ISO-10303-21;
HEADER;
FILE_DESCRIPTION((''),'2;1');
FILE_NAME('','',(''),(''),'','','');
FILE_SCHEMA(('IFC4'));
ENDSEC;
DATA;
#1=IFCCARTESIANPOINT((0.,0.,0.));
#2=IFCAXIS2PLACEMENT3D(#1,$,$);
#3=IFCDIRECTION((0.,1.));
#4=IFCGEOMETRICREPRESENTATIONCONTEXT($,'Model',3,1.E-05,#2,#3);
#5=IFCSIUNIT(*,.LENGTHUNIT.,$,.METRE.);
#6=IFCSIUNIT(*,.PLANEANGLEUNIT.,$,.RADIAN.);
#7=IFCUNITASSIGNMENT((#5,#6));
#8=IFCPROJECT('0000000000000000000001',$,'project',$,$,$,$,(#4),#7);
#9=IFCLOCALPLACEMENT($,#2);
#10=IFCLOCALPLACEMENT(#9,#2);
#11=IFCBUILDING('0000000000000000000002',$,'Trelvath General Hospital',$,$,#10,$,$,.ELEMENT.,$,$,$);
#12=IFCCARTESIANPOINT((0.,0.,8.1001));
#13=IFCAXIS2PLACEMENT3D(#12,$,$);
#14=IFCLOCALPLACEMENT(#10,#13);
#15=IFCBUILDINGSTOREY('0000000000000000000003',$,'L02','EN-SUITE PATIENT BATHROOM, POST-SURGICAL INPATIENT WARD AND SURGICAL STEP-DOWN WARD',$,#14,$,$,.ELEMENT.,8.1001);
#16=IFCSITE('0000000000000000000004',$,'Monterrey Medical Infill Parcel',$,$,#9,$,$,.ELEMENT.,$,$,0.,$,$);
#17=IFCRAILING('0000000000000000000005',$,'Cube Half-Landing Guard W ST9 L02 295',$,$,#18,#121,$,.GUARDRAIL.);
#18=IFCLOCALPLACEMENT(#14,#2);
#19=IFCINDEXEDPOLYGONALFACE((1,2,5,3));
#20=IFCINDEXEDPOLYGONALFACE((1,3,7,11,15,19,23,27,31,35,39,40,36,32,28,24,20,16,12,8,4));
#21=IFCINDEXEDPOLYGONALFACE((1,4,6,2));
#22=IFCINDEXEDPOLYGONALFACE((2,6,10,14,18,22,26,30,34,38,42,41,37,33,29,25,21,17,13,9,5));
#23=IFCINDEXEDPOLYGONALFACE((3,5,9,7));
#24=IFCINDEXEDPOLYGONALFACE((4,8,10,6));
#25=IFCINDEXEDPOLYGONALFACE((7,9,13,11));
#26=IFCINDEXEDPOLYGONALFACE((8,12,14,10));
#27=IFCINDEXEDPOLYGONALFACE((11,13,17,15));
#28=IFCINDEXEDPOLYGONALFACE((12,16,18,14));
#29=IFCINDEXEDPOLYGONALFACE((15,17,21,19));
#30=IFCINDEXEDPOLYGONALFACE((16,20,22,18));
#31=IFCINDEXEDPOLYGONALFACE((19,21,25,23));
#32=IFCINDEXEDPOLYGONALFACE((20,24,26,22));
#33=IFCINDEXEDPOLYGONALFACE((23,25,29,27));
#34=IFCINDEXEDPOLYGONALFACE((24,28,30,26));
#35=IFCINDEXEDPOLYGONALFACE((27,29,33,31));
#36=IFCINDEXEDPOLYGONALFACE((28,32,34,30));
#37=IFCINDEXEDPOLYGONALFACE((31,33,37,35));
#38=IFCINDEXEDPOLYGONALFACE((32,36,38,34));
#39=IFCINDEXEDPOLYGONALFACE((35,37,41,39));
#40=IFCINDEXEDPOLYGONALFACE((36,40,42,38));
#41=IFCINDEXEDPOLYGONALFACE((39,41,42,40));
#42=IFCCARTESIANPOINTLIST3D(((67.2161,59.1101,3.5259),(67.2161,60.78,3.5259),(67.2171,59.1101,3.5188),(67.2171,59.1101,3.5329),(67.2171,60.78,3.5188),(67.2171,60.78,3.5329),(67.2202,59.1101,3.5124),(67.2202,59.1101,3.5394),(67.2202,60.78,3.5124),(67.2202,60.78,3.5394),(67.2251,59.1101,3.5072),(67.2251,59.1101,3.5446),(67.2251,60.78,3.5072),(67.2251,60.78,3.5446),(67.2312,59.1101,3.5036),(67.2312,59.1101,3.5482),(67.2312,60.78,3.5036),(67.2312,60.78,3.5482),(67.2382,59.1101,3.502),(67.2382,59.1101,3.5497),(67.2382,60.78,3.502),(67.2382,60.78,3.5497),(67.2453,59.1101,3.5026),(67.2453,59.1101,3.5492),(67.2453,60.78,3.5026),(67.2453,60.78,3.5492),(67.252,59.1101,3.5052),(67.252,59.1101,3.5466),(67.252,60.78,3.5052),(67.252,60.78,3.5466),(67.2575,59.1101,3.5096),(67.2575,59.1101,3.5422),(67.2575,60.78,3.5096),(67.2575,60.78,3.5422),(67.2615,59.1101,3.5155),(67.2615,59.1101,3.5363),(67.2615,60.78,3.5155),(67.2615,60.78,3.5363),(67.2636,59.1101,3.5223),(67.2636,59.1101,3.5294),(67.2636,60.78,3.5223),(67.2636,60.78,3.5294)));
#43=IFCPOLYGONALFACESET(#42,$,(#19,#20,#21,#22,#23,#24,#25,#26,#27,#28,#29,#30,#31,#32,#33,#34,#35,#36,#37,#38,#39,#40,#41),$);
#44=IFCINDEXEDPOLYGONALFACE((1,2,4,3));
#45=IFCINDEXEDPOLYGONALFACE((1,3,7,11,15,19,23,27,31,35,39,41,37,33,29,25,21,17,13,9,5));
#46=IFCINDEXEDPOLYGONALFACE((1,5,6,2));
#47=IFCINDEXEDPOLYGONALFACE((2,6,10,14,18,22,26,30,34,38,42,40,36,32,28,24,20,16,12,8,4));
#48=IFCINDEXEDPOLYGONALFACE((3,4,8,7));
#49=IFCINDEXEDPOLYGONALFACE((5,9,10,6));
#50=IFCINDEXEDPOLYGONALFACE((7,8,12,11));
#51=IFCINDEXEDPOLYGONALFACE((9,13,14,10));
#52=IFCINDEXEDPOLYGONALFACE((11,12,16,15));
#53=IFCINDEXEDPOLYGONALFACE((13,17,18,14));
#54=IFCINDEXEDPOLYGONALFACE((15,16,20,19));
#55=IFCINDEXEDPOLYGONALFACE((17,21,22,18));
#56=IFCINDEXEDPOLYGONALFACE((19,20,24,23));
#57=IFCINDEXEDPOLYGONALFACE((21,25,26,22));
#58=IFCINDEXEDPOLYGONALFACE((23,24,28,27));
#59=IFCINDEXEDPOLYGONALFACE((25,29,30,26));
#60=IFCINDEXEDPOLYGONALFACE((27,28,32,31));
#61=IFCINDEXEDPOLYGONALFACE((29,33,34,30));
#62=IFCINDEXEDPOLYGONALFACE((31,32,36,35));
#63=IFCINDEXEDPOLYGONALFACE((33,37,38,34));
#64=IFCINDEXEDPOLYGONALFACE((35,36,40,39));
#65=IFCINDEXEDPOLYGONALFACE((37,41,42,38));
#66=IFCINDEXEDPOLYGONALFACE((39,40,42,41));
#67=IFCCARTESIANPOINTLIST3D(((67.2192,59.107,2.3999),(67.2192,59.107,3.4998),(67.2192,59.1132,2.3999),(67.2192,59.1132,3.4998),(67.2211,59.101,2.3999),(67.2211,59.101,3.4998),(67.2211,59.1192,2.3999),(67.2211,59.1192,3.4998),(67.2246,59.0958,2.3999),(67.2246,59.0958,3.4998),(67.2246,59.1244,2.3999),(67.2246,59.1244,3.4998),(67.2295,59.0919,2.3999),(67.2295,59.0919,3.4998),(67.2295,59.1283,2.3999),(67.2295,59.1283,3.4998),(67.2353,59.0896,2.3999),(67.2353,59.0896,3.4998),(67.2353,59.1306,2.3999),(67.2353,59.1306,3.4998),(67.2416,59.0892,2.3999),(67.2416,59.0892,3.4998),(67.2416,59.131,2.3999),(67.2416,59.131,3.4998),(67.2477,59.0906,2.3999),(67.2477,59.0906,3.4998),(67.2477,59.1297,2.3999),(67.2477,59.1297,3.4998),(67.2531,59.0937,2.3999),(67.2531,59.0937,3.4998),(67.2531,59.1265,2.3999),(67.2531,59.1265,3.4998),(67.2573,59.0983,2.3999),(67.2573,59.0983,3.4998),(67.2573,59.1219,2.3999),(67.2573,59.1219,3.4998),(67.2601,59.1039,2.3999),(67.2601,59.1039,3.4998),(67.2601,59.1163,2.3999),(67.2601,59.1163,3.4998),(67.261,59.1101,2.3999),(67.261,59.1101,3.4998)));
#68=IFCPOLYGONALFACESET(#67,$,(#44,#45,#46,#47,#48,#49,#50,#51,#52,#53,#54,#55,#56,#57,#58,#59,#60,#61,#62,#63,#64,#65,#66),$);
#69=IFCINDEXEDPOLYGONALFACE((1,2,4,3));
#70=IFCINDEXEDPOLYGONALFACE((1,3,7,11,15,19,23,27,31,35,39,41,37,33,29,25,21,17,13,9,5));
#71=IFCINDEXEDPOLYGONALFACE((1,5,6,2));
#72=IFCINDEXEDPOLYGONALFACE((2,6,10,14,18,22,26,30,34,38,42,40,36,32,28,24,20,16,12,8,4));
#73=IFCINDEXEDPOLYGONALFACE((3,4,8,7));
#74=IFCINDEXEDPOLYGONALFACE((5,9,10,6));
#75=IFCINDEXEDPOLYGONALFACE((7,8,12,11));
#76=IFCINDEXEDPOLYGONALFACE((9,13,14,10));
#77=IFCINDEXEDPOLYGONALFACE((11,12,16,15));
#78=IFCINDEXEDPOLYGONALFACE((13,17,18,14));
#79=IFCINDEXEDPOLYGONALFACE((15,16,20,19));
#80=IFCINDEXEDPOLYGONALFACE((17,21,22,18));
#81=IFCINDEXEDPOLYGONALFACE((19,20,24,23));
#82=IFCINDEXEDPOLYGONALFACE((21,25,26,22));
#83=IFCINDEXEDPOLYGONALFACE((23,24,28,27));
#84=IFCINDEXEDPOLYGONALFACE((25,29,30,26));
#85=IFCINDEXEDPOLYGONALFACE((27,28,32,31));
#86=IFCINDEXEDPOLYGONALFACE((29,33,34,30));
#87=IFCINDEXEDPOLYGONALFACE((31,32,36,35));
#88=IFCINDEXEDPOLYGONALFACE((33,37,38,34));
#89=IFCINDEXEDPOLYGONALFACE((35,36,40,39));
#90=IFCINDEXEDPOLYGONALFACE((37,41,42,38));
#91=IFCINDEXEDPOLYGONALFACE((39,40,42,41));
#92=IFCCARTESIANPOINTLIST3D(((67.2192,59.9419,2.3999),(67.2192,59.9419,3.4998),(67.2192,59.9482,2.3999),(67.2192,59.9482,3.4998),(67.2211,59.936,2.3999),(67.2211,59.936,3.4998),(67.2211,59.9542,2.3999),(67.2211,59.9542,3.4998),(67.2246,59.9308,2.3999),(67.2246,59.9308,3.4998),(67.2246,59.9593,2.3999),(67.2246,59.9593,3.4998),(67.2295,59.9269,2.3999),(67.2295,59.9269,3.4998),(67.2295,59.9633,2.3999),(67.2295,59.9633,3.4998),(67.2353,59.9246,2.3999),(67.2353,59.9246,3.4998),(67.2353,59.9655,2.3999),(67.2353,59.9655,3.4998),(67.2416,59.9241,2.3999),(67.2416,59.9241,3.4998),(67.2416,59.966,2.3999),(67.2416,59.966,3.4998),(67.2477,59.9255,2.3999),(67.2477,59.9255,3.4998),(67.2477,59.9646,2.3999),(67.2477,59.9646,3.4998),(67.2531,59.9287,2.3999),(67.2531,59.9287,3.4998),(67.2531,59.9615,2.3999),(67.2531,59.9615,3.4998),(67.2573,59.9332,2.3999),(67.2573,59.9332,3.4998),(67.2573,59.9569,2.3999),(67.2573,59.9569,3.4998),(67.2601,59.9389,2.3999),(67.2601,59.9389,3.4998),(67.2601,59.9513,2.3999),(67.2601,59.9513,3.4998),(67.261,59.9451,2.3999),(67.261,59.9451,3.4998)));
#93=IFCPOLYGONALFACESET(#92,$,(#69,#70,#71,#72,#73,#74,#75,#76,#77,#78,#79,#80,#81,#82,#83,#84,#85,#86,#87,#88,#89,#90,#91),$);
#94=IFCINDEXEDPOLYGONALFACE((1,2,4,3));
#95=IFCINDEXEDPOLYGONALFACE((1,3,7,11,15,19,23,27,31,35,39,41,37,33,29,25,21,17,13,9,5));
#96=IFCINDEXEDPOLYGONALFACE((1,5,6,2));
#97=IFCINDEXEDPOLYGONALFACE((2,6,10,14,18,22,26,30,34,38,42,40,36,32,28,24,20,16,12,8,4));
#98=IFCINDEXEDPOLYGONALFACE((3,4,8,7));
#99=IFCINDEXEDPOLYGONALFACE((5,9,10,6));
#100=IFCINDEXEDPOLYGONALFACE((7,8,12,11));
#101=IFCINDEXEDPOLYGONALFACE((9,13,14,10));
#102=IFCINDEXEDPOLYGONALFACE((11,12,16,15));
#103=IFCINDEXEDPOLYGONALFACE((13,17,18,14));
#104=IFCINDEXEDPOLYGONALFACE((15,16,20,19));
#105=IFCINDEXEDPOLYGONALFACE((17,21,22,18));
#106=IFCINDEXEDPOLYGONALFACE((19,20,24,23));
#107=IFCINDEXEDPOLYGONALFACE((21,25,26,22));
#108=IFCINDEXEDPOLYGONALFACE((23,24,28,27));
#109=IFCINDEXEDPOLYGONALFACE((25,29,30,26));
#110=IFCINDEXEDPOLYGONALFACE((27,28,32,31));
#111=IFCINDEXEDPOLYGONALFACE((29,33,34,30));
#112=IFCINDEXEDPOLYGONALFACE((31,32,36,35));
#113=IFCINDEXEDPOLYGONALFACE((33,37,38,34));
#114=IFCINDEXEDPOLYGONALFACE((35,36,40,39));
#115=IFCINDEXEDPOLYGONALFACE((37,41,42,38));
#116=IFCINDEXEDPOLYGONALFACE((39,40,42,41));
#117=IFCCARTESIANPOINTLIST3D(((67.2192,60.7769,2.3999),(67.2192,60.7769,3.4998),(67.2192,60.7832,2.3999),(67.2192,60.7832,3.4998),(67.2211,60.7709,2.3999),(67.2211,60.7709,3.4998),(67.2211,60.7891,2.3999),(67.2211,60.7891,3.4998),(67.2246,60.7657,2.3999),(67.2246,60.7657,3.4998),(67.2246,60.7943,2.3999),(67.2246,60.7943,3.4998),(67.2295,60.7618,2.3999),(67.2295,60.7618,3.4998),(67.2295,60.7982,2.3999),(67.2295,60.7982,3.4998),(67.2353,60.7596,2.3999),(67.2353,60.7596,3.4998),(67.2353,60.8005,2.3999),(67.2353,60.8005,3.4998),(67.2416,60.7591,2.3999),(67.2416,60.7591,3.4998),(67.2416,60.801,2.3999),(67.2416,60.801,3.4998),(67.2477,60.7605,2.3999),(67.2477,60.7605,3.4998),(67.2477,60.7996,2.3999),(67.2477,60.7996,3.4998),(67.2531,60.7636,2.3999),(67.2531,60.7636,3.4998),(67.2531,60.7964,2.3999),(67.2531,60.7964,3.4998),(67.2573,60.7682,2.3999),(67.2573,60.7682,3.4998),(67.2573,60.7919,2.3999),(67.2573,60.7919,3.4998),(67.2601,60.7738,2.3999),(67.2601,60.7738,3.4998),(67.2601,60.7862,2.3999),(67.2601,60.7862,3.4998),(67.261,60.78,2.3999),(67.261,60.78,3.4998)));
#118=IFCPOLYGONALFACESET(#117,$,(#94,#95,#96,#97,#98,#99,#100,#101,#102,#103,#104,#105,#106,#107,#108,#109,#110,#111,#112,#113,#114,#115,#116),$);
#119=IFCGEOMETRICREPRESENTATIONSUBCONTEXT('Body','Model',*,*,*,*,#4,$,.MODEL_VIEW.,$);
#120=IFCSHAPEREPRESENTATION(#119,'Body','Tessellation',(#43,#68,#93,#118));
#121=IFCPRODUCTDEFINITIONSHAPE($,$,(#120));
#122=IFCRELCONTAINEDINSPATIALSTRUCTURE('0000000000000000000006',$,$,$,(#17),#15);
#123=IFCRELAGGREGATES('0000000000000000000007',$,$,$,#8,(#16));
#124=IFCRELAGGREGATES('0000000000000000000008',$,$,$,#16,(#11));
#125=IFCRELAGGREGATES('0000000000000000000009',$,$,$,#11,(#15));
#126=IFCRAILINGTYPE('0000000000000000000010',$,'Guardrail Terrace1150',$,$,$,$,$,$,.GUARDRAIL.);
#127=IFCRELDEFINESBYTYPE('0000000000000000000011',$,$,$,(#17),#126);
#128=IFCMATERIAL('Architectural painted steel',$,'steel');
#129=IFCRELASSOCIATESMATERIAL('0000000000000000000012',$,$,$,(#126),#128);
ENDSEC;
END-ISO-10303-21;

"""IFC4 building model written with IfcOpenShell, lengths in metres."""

from ifc_helpers import new_model, si_unit, direction, frame, origin, origin_2d, place, context, subcontext, project, spatial, circle, extrude, material, type_object, element, save


model = new_model("IFC4")

# Units and contexts
model_context = context("Model", 3, precision=1e-05, world=origin(), true_north=direction((0.0, 1.0)))
body_context = subcontext(model_context, "Body", "Model", "MODEL_VIEW")
ifc_project = project(units=[si_unit("LENGTHUNIT", "METRE"), si_unit("PLANEANGLEUNIT", "RADIAN")], contexts=[model_context])

# Site, building, storey
site_placement = place(None, origin())
site = spatial("IfcSite", under=ifc_project, at=site_placement, Name="Monterrey Medical Infill Parcel", CompositionType="ELEMENT", RefElevation=0.0)
building_placement = place(site_placement, origin())
building = spatial("IfcBuilding", under=site, at=building_placement, Name="Trelvath General Hospital", CompositionType="ELEMENT")
storey_placement = place(building_placement, frame((0.0, 0.0, 8.1001)))
storey = spatial("IfcBuildingStorey", under=building, at=storey_placement, Name="L02", Description="EN-SUITE PATIENT BATHROOM, POST-SURGICAL INPATIENT WARD AND SURGICAL STEP-DOWN WARD", CompositionType="ELEMENT", Elevation=8.1001)

# Railing
ifc_material_1 = material(Name="Architectural painted steel", Category="steel")
railing_type = type_object("IfcRailingType", Name="Guardrail Terrace1150", PredefinedType="GUARDRAIL", material=ifc_material_1)
railing_1_placement = place(storey_placement, frame((67.24, 59.1101, 2.3999)))
element("IfcRailing", 1, at=railing_1_placement, inside=storey, type_object=railing_type, Name="Cube Half-Landing Guard W ST9 L02 295", PredefinedType="GUARDRAIL", context=body_context, shape_type="SweptSolid", body=[
    extrude(circle(Radius=0.0239, at=origin_2d()), frame((0.0, 0.0, 1.126), z_axis=(0.0, 1.0, 0.0), x_axis=(-1.0, 0.0, 0.0)), (0.0, 0.0, 1.0), 1.6699),
    extrude(circle(Radius=0.021, at=origin_2d()), origin(), (0.0, 0.0, 1.0), 1.0999),
    extrude(circle(Radius=0.021, at=origin_2d()), frame((0.0, 0.835, 0.0)), (0.0, 0.0, 1.0), 1.0999),
    extrude(circle(Radius=0.021, at=origin_2d()), frame((0.0, 1.6699, 0.0)), (0.0, 0.0, 1.0), 1.0999),
])

save(model, "model.ifc")
